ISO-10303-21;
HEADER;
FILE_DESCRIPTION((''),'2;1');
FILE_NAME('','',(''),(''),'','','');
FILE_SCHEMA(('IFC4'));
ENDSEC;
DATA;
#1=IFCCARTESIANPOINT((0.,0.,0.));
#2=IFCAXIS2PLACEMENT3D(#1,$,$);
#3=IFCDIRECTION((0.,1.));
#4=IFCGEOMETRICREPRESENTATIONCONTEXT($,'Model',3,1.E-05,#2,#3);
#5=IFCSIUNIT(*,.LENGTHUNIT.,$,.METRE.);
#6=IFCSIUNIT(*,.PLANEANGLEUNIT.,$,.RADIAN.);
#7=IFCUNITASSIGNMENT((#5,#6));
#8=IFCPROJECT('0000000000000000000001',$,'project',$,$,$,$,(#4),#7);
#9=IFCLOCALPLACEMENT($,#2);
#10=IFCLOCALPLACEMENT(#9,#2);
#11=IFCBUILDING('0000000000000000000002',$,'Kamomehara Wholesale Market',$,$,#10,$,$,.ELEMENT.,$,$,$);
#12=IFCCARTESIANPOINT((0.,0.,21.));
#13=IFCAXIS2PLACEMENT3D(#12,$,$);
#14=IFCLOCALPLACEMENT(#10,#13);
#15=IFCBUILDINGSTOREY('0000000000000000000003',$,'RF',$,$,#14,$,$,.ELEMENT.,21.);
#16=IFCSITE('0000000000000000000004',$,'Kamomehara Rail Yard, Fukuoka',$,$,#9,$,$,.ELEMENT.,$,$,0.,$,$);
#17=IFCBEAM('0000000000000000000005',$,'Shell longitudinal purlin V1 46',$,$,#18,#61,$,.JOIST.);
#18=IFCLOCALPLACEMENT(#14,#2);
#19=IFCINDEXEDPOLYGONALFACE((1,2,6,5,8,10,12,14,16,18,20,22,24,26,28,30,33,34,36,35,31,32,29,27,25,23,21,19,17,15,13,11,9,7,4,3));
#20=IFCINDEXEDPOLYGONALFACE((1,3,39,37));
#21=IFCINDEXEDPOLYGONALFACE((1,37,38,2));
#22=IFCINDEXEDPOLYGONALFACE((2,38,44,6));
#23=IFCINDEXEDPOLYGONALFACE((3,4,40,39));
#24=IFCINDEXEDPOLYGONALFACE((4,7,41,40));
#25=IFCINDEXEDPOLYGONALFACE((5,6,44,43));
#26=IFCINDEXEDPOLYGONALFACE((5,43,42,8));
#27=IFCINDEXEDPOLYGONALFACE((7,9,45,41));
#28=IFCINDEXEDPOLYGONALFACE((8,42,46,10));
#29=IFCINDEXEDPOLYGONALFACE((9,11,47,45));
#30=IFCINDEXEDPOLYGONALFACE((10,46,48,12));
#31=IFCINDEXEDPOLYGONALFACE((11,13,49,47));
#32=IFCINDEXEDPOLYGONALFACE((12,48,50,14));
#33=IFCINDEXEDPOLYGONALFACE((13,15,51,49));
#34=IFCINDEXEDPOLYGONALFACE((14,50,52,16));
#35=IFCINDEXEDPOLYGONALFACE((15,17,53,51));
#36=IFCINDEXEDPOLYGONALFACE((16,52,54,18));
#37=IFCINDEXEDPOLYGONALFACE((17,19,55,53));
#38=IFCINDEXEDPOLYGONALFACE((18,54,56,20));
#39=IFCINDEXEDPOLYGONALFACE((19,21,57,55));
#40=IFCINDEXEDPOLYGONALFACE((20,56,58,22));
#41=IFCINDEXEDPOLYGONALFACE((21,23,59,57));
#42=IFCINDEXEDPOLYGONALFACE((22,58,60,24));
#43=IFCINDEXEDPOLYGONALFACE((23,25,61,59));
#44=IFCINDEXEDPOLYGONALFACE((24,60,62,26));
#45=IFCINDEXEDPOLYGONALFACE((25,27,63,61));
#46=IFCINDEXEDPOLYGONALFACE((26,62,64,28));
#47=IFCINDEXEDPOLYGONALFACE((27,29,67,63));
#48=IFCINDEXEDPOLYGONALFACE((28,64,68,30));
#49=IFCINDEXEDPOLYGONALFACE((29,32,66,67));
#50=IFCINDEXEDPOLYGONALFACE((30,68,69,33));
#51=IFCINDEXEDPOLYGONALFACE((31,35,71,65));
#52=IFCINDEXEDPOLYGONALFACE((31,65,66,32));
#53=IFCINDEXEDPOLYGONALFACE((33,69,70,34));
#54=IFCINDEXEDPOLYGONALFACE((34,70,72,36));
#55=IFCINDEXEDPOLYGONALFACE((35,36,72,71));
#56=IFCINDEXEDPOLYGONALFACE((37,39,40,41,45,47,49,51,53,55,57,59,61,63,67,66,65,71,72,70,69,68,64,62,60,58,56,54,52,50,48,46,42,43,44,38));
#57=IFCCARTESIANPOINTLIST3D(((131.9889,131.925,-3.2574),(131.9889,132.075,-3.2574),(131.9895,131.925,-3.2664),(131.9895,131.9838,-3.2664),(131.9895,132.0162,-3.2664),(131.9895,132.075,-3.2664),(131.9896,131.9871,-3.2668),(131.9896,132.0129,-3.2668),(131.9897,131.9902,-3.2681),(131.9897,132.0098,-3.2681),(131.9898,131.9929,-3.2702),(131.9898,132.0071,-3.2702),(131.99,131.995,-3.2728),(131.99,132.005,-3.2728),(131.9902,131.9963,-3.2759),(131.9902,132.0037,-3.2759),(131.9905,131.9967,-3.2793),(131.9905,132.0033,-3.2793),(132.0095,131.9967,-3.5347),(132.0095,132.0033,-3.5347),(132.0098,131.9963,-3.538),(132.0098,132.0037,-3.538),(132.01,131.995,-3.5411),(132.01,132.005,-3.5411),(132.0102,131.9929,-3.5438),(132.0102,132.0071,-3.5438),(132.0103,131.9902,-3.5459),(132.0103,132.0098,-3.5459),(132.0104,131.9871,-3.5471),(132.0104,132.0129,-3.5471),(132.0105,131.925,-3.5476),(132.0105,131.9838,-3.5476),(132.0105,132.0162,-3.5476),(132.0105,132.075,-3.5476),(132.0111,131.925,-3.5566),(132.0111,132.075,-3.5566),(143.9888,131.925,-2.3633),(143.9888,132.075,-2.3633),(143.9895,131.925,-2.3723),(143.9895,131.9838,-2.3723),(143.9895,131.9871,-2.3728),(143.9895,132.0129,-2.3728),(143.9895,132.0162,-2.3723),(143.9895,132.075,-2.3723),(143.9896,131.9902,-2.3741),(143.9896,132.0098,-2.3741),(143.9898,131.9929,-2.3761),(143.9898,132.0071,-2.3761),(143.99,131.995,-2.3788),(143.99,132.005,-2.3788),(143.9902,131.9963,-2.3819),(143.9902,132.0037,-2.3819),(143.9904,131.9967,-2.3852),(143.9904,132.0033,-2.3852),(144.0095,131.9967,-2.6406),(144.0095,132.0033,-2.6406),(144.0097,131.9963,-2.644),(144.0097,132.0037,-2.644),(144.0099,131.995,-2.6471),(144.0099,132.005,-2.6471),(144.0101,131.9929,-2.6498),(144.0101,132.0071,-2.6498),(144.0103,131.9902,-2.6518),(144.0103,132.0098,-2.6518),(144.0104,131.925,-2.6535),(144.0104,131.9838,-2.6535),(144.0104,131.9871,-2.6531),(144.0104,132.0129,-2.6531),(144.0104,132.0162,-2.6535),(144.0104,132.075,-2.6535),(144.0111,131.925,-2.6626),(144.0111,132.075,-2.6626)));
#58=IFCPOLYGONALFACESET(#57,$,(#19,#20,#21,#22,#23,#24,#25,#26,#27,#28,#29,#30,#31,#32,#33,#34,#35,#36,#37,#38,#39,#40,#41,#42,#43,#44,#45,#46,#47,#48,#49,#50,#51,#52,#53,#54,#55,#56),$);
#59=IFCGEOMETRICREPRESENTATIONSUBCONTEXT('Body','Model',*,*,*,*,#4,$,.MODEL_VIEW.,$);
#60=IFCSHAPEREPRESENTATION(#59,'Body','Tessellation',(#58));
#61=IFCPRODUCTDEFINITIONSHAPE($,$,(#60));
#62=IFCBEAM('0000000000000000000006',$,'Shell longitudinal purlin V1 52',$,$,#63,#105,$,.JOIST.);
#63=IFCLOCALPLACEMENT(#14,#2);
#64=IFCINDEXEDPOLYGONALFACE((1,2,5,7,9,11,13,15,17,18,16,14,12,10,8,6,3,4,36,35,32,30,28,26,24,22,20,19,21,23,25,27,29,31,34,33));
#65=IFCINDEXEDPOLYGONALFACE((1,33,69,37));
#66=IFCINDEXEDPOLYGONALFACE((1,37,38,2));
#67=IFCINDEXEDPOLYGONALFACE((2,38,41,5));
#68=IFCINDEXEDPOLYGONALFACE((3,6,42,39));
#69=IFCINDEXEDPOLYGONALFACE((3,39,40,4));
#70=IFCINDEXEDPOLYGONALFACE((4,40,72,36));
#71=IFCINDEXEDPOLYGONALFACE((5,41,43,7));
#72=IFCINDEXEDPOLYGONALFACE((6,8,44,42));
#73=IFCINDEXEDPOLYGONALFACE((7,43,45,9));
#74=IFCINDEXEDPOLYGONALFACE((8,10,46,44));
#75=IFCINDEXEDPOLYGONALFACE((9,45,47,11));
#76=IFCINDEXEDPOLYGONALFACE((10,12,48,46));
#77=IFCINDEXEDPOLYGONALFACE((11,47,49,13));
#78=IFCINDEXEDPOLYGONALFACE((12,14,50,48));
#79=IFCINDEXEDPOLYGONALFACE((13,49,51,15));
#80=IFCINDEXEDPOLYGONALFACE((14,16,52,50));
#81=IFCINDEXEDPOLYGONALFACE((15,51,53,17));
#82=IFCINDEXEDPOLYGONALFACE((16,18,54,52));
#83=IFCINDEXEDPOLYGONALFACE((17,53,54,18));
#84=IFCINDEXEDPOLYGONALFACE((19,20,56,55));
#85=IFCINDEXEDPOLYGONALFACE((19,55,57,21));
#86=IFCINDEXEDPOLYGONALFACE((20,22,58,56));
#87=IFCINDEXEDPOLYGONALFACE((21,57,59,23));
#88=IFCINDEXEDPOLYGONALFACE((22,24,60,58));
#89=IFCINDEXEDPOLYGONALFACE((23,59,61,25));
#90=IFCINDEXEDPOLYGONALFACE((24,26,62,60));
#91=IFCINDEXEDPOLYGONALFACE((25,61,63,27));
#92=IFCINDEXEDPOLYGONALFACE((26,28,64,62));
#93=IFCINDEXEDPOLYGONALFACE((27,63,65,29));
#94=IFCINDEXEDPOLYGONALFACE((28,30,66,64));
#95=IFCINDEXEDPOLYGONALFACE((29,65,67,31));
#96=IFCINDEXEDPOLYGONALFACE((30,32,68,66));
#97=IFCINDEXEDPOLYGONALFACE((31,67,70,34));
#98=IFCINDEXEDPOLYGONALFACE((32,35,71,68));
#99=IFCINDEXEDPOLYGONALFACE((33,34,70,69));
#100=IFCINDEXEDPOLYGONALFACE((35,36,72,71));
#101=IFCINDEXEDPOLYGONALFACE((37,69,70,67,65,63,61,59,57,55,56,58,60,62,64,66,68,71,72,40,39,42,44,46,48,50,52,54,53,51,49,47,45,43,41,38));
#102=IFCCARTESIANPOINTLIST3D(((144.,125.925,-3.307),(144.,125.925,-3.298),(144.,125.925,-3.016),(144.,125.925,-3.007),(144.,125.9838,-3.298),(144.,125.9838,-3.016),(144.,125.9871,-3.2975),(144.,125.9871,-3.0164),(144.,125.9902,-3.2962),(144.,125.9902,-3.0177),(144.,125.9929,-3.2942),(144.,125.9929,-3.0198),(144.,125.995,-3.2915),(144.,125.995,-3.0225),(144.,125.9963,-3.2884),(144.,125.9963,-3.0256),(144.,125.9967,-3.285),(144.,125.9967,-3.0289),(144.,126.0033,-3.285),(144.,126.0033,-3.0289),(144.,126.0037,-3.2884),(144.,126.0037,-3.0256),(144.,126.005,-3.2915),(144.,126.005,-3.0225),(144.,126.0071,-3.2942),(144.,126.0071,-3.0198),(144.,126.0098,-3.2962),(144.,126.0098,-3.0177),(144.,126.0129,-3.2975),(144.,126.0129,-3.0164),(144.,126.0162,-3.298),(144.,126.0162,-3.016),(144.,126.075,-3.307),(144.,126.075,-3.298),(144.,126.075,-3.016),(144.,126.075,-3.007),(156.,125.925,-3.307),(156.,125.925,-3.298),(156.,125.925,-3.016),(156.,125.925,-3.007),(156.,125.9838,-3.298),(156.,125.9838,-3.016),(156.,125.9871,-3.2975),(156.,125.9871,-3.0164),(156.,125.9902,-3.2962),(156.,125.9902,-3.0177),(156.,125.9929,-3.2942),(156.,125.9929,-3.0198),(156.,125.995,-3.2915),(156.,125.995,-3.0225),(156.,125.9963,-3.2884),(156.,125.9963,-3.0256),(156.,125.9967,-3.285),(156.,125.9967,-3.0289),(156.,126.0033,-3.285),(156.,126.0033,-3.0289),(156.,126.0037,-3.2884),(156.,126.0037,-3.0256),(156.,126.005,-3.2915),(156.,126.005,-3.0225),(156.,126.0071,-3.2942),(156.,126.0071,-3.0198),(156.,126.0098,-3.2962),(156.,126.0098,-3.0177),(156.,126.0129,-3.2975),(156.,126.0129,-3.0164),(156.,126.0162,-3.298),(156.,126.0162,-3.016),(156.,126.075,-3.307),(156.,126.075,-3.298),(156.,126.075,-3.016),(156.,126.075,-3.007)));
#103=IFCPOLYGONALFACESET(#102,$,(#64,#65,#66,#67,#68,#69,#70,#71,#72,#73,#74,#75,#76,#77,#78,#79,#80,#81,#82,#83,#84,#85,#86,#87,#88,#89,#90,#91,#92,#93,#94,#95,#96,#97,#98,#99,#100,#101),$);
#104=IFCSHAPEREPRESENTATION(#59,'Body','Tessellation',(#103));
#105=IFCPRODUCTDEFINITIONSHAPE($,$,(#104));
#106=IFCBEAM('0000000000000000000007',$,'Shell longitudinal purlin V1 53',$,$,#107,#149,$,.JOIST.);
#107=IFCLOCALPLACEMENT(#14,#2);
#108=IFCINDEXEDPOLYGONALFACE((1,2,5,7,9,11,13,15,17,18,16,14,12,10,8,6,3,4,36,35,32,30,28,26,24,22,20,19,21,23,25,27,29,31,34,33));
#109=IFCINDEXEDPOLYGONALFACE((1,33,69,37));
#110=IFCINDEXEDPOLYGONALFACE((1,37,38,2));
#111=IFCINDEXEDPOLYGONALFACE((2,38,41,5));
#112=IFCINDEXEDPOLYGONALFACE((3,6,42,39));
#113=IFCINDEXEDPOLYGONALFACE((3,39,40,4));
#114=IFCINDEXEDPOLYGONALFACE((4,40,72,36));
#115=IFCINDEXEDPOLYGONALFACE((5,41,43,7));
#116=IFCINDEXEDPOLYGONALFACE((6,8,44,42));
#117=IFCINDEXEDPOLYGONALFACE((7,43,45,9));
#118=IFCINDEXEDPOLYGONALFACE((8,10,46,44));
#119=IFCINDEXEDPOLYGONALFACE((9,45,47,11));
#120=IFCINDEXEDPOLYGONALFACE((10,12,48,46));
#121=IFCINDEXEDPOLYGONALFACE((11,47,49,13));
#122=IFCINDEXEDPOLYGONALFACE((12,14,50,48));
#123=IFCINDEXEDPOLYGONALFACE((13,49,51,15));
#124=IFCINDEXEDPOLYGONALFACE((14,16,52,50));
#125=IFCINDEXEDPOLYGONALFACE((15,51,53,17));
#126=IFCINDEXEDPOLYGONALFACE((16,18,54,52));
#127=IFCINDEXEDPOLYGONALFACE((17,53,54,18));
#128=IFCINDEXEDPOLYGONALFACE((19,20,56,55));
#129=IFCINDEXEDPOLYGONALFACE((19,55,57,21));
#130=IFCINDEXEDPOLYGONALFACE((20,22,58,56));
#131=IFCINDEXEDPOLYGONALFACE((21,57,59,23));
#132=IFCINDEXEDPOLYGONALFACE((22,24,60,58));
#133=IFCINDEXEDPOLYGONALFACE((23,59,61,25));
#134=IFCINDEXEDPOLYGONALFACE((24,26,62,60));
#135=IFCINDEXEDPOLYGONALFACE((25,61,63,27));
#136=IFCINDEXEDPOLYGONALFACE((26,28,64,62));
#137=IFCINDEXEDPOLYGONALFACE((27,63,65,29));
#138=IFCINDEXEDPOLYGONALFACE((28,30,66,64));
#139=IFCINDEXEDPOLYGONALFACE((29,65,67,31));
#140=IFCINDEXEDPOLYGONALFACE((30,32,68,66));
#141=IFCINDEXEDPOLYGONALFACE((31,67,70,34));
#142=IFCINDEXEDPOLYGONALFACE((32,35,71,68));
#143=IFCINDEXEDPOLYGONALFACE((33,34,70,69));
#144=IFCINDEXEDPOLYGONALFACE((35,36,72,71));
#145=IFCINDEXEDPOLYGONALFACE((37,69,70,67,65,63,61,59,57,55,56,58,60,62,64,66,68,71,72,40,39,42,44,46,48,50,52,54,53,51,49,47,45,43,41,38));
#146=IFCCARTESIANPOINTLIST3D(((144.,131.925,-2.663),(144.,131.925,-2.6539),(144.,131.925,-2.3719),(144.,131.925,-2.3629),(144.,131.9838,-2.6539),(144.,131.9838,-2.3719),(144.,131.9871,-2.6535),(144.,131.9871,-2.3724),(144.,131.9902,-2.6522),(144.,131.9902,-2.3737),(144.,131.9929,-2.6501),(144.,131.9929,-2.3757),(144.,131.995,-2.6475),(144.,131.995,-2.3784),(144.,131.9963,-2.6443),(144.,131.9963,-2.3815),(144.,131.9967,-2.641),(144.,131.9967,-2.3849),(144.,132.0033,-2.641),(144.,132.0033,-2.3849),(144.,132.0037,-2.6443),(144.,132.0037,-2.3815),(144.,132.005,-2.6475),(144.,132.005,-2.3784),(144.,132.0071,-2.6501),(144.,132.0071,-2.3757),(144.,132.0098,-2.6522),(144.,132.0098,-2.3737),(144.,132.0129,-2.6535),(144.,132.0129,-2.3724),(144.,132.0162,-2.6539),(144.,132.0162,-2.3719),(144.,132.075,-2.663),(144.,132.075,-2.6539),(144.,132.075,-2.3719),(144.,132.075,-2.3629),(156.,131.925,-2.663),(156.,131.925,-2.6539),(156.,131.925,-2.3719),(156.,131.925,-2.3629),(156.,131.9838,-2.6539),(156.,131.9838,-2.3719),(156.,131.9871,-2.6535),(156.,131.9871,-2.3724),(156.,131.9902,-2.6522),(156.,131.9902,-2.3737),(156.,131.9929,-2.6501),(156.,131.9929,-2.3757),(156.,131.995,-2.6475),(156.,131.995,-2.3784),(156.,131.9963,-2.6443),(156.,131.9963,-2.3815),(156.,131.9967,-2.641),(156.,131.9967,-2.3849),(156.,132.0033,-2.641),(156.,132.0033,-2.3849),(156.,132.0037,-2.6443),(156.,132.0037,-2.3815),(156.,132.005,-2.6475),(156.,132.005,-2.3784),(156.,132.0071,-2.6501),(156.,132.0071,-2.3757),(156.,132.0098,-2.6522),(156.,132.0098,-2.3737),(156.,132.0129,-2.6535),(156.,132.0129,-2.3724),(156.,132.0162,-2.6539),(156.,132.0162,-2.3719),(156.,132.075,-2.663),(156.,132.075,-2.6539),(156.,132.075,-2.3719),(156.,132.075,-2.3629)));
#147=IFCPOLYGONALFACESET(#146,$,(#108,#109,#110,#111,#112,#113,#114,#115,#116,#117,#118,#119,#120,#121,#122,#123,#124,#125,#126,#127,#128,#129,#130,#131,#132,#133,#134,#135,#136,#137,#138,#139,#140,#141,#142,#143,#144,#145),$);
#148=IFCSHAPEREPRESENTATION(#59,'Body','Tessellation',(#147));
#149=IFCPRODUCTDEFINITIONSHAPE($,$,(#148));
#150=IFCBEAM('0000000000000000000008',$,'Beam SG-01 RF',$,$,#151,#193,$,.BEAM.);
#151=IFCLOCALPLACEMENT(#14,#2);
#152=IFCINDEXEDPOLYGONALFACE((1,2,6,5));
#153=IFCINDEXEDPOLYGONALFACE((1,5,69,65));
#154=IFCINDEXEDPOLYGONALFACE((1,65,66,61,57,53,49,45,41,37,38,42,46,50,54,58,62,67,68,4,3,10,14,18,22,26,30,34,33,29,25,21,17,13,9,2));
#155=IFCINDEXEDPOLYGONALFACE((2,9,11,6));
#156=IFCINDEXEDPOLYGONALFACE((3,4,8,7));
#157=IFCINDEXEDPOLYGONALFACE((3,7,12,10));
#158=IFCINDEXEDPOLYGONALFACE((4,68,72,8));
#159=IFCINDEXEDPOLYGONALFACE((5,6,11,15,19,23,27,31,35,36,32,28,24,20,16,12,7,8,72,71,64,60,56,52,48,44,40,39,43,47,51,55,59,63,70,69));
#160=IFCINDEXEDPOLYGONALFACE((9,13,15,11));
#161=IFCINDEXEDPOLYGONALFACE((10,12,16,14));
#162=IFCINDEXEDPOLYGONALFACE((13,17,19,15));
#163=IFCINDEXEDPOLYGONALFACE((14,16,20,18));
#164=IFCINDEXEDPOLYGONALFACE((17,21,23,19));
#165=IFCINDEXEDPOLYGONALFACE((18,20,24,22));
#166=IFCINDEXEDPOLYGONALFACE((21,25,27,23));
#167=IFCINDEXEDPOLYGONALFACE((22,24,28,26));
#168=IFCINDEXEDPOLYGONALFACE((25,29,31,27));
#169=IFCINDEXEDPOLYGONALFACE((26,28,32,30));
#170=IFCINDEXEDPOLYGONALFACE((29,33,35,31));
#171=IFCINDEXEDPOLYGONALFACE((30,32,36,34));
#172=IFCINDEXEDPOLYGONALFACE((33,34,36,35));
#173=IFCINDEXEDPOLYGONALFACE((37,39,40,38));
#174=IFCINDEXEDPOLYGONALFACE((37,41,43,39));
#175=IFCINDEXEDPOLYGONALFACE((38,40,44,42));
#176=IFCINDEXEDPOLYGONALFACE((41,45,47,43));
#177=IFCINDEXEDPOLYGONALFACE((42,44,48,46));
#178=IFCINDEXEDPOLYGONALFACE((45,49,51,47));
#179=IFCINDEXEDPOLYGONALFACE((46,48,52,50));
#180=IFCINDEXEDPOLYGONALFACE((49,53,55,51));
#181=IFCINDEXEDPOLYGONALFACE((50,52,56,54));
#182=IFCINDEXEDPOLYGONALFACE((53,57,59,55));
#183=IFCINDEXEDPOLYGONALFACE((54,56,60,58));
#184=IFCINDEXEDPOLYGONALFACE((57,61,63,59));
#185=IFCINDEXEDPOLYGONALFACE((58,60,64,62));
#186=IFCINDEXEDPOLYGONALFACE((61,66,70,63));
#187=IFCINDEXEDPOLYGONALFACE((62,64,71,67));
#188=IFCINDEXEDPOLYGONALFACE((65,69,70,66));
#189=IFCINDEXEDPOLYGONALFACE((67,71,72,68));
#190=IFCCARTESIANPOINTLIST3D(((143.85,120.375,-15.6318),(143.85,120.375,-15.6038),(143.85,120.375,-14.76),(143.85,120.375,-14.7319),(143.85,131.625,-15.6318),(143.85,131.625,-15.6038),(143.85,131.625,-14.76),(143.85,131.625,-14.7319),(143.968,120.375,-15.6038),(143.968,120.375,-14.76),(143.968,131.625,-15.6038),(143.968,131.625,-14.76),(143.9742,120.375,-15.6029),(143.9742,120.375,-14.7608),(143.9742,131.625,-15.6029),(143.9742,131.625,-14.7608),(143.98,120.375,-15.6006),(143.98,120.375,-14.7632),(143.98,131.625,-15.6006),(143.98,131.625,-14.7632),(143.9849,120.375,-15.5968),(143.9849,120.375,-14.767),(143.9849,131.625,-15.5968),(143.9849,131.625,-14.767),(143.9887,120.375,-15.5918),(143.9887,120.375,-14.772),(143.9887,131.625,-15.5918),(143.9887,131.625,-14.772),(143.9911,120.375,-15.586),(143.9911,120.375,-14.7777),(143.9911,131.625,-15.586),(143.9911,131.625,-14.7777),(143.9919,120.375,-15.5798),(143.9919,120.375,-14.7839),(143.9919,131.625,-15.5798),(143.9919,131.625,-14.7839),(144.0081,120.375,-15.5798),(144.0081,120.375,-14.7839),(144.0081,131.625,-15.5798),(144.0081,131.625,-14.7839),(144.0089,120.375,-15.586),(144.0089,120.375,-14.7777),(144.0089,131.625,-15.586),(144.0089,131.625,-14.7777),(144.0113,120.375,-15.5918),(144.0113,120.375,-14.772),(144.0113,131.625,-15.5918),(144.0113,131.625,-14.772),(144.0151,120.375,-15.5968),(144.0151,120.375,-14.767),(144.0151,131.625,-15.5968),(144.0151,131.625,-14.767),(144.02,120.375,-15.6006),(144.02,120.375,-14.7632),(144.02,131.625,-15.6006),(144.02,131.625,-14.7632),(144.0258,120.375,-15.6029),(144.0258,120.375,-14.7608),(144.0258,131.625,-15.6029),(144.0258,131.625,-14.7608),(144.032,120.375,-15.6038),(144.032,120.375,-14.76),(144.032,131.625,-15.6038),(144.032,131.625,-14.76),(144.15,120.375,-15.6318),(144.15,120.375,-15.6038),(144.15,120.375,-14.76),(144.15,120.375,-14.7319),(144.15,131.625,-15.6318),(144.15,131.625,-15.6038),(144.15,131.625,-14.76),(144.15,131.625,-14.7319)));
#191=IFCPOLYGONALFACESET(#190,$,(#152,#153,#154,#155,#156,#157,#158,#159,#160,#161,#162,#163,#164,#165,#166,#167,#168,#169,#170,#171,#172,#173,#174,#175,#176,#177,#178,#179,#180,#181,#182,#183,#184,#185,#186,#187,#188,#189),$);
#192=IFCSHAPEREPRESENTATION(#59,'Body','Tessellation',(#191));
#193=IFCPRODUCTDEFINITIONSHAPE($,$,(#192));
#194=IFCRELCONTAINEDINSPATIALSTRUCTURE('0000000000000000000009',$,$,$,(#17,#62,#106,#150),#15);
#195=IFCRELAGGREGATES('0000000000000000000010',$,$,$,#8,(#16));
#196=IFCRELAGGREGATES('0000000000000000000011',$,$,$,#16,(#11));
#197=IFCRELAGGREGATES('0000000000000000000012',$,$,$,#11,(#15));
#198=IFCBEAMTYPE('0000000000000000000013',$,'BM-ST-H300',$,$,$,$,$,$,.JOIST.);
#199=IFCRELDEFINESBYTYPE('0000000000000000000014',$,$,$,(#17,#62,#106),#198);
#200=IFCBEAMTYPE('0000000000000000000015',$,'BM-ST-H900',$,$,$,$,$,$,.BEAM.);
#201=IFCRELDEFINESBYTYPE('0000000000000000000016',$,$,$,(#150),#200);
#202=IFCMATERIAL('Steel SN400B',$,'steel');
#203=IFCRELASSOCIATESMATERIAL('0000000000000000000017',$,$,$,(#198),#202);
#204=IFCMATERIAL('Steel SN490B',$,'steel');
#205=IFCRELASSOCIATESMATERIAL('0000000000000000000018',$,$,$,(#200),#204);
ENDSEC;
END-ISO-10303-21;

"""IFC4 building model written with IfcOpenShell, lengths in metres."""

from ifc_helpers import new_model, si_unit, direction, frame, origin, origin_2d, place, context, subcontext, project, spatial, i_section, extrude, material, material_profile, profile_set, type_object, element, save


model = new_model("IFC4")

# Units and contexts
model_context = context("Model", 3, precision=1e-05, world=origin(), true_north=direction((0.0, 1.0)))
body_context = subcontext(model_context, "Body", "Model", "MODEL_VIEW")
ifc_project = project(units=[si_unit("LENGTHUNIT", "METRE"), si_unit("PLANEANGLEUNIT", "RADIAN")], contexts=[model_context])

# Site, building, storey
site_placement = place(None, origin())
site = spatial("IfcSite", under=ifc_project, at=site_placement, Name="Kamomehara Rail Yard, Fukuoka", CompositionType="ELEMENT", RefElevation=0.0)
building_placement = place(site_placement, origin())
building = spatial("IfcBuilding", under=site, at=building_placement, Name="Kamomehara Wholesale Market", CompositionType="ELEMENT")
storey_placement = place(building_placement, frame((0.0, 0.0, 21.0)))
storey = spatial("IfcBuildingStorey", under=building, at=storey_placement, Name="RF", CompositionType="ELEMENT", Elevation=21.0)

# Beams
ifc_material_1 = material(Name="Steel SN400B", Category="steel")
ifc_material_profile_1 = material_profile(ifc_material_1, i_section(OverallWidth=0.1499, OverallDepth=0.3, WebThickness=0.0066, FlangeThickness=0.009, FilletRadius=0.0129, at=origin_2d()), Name="H-300x150x6.5x9")
ifc_profile_set_1 = profile_set([ifc_material_profile_1], Name="Steel SN400B")
beam_type_1 = type_object("IfcBeamType", Name="BM-ST-H300", PredefinedType="JOIST", material=ifc_profile_set_1)
beam_1_placement = place(storey_placement, frame((132.0, 132.0, -3.407), z_axis=(0.997236, 0.0, 0.074298), x_axis=(0.0, 1.0, 0.0)))
element("IfcBeam", 1, at=beam_1_placement, inside=storey, type_object=beam_type_1, Name="Shell longitudinal purlin V1 46", PredefinedType="JOIST", context=body_context, shape_type="SweptSolid", body=[
    extrude(i_section(OverallWidth=0.1499, OverallDepth=0.3, WebThickness=0.0066, FlangeThickness=0.009, FilletRadius=0.0129, at=origin_2d()), origin(), (0.0, 0.0, 1.0), 12.0332),
])
for number, where, z_axis, x_axis, name in (
    (2, (144.0, 126.0, -3.157), (1.0, 0.0, 0.0), (0.0, 1.0, 0.0), "Shell longitudinal purlin V1 52"),
    (3, (144.0, 132.0, -2.5129), (1.0, 0.0, 0.0), (0.0, 1.0, 0.0), "Shell longitudinal purlin V1 53"),
):
    element("IfcBeam", number, at=place(storey_placement, frame(where, z_axis=z_axis, x_axis=x_axis)), inside=storey, type_object=beam_type_1, Name=name, PredefinedType="JOIST", context=body_context, shape_type="SweptSolid", body=[
        extrude(i_section(OverallWidth=0.1499, OverallDepth=0.3, WebThickness=0.0066, FlangeThickness=0.009, FilletRadius=0.0129, at=origin_2d()), origin(), (0.0, 0.0, 1.0), 12.0),
    ])
ifc_material_2 = material(Name="Steel SN490B", Category="steel")
ifc_material_profile_2 = material_profile(ifc_material_2, i_section(OverallWidth=0.3, OverallDepth=0.8999, WebThickness=0.0161, FlangeThickness=0.0281, FilletRadius=0.0239, at=origin_2d()), Name="H-900x300x16x28")
ifc_profile_set_2 = profile_set([ifc_material_profile_2], Name="Steel SN490B")
beam_type_2 = type_object("IfcBeamType", Name="BM-ST-H900", PredefinedType="BEAM", material=ifc_profile_set_2)
beam_2_placement = place(storey_placement, frame((144.0, 120.375, -15.1819), z_axis=(0.0, 1.0, 0.0), x_axis=(-1.0, 0.0, 0.0)))
element("IfcBeam", 4, at=beam_2_placement, inside=storey, type_object=beam_type_2, Name="Beam SG-01 RF", PredefinedType="BEAM", context=body_context, shape_type="SweptSolid", body=[
    extrude(i_section(OverallWidth=0.3, OverallDepth=0.8999, WebThickness=0.0161, FlangeThickness=0.0281, FilletRadius=0.0239, at=origin_2d()), origin(), (0.0, 0.0, 1.0), 11.25),
])

save(model, "model.ifc")
